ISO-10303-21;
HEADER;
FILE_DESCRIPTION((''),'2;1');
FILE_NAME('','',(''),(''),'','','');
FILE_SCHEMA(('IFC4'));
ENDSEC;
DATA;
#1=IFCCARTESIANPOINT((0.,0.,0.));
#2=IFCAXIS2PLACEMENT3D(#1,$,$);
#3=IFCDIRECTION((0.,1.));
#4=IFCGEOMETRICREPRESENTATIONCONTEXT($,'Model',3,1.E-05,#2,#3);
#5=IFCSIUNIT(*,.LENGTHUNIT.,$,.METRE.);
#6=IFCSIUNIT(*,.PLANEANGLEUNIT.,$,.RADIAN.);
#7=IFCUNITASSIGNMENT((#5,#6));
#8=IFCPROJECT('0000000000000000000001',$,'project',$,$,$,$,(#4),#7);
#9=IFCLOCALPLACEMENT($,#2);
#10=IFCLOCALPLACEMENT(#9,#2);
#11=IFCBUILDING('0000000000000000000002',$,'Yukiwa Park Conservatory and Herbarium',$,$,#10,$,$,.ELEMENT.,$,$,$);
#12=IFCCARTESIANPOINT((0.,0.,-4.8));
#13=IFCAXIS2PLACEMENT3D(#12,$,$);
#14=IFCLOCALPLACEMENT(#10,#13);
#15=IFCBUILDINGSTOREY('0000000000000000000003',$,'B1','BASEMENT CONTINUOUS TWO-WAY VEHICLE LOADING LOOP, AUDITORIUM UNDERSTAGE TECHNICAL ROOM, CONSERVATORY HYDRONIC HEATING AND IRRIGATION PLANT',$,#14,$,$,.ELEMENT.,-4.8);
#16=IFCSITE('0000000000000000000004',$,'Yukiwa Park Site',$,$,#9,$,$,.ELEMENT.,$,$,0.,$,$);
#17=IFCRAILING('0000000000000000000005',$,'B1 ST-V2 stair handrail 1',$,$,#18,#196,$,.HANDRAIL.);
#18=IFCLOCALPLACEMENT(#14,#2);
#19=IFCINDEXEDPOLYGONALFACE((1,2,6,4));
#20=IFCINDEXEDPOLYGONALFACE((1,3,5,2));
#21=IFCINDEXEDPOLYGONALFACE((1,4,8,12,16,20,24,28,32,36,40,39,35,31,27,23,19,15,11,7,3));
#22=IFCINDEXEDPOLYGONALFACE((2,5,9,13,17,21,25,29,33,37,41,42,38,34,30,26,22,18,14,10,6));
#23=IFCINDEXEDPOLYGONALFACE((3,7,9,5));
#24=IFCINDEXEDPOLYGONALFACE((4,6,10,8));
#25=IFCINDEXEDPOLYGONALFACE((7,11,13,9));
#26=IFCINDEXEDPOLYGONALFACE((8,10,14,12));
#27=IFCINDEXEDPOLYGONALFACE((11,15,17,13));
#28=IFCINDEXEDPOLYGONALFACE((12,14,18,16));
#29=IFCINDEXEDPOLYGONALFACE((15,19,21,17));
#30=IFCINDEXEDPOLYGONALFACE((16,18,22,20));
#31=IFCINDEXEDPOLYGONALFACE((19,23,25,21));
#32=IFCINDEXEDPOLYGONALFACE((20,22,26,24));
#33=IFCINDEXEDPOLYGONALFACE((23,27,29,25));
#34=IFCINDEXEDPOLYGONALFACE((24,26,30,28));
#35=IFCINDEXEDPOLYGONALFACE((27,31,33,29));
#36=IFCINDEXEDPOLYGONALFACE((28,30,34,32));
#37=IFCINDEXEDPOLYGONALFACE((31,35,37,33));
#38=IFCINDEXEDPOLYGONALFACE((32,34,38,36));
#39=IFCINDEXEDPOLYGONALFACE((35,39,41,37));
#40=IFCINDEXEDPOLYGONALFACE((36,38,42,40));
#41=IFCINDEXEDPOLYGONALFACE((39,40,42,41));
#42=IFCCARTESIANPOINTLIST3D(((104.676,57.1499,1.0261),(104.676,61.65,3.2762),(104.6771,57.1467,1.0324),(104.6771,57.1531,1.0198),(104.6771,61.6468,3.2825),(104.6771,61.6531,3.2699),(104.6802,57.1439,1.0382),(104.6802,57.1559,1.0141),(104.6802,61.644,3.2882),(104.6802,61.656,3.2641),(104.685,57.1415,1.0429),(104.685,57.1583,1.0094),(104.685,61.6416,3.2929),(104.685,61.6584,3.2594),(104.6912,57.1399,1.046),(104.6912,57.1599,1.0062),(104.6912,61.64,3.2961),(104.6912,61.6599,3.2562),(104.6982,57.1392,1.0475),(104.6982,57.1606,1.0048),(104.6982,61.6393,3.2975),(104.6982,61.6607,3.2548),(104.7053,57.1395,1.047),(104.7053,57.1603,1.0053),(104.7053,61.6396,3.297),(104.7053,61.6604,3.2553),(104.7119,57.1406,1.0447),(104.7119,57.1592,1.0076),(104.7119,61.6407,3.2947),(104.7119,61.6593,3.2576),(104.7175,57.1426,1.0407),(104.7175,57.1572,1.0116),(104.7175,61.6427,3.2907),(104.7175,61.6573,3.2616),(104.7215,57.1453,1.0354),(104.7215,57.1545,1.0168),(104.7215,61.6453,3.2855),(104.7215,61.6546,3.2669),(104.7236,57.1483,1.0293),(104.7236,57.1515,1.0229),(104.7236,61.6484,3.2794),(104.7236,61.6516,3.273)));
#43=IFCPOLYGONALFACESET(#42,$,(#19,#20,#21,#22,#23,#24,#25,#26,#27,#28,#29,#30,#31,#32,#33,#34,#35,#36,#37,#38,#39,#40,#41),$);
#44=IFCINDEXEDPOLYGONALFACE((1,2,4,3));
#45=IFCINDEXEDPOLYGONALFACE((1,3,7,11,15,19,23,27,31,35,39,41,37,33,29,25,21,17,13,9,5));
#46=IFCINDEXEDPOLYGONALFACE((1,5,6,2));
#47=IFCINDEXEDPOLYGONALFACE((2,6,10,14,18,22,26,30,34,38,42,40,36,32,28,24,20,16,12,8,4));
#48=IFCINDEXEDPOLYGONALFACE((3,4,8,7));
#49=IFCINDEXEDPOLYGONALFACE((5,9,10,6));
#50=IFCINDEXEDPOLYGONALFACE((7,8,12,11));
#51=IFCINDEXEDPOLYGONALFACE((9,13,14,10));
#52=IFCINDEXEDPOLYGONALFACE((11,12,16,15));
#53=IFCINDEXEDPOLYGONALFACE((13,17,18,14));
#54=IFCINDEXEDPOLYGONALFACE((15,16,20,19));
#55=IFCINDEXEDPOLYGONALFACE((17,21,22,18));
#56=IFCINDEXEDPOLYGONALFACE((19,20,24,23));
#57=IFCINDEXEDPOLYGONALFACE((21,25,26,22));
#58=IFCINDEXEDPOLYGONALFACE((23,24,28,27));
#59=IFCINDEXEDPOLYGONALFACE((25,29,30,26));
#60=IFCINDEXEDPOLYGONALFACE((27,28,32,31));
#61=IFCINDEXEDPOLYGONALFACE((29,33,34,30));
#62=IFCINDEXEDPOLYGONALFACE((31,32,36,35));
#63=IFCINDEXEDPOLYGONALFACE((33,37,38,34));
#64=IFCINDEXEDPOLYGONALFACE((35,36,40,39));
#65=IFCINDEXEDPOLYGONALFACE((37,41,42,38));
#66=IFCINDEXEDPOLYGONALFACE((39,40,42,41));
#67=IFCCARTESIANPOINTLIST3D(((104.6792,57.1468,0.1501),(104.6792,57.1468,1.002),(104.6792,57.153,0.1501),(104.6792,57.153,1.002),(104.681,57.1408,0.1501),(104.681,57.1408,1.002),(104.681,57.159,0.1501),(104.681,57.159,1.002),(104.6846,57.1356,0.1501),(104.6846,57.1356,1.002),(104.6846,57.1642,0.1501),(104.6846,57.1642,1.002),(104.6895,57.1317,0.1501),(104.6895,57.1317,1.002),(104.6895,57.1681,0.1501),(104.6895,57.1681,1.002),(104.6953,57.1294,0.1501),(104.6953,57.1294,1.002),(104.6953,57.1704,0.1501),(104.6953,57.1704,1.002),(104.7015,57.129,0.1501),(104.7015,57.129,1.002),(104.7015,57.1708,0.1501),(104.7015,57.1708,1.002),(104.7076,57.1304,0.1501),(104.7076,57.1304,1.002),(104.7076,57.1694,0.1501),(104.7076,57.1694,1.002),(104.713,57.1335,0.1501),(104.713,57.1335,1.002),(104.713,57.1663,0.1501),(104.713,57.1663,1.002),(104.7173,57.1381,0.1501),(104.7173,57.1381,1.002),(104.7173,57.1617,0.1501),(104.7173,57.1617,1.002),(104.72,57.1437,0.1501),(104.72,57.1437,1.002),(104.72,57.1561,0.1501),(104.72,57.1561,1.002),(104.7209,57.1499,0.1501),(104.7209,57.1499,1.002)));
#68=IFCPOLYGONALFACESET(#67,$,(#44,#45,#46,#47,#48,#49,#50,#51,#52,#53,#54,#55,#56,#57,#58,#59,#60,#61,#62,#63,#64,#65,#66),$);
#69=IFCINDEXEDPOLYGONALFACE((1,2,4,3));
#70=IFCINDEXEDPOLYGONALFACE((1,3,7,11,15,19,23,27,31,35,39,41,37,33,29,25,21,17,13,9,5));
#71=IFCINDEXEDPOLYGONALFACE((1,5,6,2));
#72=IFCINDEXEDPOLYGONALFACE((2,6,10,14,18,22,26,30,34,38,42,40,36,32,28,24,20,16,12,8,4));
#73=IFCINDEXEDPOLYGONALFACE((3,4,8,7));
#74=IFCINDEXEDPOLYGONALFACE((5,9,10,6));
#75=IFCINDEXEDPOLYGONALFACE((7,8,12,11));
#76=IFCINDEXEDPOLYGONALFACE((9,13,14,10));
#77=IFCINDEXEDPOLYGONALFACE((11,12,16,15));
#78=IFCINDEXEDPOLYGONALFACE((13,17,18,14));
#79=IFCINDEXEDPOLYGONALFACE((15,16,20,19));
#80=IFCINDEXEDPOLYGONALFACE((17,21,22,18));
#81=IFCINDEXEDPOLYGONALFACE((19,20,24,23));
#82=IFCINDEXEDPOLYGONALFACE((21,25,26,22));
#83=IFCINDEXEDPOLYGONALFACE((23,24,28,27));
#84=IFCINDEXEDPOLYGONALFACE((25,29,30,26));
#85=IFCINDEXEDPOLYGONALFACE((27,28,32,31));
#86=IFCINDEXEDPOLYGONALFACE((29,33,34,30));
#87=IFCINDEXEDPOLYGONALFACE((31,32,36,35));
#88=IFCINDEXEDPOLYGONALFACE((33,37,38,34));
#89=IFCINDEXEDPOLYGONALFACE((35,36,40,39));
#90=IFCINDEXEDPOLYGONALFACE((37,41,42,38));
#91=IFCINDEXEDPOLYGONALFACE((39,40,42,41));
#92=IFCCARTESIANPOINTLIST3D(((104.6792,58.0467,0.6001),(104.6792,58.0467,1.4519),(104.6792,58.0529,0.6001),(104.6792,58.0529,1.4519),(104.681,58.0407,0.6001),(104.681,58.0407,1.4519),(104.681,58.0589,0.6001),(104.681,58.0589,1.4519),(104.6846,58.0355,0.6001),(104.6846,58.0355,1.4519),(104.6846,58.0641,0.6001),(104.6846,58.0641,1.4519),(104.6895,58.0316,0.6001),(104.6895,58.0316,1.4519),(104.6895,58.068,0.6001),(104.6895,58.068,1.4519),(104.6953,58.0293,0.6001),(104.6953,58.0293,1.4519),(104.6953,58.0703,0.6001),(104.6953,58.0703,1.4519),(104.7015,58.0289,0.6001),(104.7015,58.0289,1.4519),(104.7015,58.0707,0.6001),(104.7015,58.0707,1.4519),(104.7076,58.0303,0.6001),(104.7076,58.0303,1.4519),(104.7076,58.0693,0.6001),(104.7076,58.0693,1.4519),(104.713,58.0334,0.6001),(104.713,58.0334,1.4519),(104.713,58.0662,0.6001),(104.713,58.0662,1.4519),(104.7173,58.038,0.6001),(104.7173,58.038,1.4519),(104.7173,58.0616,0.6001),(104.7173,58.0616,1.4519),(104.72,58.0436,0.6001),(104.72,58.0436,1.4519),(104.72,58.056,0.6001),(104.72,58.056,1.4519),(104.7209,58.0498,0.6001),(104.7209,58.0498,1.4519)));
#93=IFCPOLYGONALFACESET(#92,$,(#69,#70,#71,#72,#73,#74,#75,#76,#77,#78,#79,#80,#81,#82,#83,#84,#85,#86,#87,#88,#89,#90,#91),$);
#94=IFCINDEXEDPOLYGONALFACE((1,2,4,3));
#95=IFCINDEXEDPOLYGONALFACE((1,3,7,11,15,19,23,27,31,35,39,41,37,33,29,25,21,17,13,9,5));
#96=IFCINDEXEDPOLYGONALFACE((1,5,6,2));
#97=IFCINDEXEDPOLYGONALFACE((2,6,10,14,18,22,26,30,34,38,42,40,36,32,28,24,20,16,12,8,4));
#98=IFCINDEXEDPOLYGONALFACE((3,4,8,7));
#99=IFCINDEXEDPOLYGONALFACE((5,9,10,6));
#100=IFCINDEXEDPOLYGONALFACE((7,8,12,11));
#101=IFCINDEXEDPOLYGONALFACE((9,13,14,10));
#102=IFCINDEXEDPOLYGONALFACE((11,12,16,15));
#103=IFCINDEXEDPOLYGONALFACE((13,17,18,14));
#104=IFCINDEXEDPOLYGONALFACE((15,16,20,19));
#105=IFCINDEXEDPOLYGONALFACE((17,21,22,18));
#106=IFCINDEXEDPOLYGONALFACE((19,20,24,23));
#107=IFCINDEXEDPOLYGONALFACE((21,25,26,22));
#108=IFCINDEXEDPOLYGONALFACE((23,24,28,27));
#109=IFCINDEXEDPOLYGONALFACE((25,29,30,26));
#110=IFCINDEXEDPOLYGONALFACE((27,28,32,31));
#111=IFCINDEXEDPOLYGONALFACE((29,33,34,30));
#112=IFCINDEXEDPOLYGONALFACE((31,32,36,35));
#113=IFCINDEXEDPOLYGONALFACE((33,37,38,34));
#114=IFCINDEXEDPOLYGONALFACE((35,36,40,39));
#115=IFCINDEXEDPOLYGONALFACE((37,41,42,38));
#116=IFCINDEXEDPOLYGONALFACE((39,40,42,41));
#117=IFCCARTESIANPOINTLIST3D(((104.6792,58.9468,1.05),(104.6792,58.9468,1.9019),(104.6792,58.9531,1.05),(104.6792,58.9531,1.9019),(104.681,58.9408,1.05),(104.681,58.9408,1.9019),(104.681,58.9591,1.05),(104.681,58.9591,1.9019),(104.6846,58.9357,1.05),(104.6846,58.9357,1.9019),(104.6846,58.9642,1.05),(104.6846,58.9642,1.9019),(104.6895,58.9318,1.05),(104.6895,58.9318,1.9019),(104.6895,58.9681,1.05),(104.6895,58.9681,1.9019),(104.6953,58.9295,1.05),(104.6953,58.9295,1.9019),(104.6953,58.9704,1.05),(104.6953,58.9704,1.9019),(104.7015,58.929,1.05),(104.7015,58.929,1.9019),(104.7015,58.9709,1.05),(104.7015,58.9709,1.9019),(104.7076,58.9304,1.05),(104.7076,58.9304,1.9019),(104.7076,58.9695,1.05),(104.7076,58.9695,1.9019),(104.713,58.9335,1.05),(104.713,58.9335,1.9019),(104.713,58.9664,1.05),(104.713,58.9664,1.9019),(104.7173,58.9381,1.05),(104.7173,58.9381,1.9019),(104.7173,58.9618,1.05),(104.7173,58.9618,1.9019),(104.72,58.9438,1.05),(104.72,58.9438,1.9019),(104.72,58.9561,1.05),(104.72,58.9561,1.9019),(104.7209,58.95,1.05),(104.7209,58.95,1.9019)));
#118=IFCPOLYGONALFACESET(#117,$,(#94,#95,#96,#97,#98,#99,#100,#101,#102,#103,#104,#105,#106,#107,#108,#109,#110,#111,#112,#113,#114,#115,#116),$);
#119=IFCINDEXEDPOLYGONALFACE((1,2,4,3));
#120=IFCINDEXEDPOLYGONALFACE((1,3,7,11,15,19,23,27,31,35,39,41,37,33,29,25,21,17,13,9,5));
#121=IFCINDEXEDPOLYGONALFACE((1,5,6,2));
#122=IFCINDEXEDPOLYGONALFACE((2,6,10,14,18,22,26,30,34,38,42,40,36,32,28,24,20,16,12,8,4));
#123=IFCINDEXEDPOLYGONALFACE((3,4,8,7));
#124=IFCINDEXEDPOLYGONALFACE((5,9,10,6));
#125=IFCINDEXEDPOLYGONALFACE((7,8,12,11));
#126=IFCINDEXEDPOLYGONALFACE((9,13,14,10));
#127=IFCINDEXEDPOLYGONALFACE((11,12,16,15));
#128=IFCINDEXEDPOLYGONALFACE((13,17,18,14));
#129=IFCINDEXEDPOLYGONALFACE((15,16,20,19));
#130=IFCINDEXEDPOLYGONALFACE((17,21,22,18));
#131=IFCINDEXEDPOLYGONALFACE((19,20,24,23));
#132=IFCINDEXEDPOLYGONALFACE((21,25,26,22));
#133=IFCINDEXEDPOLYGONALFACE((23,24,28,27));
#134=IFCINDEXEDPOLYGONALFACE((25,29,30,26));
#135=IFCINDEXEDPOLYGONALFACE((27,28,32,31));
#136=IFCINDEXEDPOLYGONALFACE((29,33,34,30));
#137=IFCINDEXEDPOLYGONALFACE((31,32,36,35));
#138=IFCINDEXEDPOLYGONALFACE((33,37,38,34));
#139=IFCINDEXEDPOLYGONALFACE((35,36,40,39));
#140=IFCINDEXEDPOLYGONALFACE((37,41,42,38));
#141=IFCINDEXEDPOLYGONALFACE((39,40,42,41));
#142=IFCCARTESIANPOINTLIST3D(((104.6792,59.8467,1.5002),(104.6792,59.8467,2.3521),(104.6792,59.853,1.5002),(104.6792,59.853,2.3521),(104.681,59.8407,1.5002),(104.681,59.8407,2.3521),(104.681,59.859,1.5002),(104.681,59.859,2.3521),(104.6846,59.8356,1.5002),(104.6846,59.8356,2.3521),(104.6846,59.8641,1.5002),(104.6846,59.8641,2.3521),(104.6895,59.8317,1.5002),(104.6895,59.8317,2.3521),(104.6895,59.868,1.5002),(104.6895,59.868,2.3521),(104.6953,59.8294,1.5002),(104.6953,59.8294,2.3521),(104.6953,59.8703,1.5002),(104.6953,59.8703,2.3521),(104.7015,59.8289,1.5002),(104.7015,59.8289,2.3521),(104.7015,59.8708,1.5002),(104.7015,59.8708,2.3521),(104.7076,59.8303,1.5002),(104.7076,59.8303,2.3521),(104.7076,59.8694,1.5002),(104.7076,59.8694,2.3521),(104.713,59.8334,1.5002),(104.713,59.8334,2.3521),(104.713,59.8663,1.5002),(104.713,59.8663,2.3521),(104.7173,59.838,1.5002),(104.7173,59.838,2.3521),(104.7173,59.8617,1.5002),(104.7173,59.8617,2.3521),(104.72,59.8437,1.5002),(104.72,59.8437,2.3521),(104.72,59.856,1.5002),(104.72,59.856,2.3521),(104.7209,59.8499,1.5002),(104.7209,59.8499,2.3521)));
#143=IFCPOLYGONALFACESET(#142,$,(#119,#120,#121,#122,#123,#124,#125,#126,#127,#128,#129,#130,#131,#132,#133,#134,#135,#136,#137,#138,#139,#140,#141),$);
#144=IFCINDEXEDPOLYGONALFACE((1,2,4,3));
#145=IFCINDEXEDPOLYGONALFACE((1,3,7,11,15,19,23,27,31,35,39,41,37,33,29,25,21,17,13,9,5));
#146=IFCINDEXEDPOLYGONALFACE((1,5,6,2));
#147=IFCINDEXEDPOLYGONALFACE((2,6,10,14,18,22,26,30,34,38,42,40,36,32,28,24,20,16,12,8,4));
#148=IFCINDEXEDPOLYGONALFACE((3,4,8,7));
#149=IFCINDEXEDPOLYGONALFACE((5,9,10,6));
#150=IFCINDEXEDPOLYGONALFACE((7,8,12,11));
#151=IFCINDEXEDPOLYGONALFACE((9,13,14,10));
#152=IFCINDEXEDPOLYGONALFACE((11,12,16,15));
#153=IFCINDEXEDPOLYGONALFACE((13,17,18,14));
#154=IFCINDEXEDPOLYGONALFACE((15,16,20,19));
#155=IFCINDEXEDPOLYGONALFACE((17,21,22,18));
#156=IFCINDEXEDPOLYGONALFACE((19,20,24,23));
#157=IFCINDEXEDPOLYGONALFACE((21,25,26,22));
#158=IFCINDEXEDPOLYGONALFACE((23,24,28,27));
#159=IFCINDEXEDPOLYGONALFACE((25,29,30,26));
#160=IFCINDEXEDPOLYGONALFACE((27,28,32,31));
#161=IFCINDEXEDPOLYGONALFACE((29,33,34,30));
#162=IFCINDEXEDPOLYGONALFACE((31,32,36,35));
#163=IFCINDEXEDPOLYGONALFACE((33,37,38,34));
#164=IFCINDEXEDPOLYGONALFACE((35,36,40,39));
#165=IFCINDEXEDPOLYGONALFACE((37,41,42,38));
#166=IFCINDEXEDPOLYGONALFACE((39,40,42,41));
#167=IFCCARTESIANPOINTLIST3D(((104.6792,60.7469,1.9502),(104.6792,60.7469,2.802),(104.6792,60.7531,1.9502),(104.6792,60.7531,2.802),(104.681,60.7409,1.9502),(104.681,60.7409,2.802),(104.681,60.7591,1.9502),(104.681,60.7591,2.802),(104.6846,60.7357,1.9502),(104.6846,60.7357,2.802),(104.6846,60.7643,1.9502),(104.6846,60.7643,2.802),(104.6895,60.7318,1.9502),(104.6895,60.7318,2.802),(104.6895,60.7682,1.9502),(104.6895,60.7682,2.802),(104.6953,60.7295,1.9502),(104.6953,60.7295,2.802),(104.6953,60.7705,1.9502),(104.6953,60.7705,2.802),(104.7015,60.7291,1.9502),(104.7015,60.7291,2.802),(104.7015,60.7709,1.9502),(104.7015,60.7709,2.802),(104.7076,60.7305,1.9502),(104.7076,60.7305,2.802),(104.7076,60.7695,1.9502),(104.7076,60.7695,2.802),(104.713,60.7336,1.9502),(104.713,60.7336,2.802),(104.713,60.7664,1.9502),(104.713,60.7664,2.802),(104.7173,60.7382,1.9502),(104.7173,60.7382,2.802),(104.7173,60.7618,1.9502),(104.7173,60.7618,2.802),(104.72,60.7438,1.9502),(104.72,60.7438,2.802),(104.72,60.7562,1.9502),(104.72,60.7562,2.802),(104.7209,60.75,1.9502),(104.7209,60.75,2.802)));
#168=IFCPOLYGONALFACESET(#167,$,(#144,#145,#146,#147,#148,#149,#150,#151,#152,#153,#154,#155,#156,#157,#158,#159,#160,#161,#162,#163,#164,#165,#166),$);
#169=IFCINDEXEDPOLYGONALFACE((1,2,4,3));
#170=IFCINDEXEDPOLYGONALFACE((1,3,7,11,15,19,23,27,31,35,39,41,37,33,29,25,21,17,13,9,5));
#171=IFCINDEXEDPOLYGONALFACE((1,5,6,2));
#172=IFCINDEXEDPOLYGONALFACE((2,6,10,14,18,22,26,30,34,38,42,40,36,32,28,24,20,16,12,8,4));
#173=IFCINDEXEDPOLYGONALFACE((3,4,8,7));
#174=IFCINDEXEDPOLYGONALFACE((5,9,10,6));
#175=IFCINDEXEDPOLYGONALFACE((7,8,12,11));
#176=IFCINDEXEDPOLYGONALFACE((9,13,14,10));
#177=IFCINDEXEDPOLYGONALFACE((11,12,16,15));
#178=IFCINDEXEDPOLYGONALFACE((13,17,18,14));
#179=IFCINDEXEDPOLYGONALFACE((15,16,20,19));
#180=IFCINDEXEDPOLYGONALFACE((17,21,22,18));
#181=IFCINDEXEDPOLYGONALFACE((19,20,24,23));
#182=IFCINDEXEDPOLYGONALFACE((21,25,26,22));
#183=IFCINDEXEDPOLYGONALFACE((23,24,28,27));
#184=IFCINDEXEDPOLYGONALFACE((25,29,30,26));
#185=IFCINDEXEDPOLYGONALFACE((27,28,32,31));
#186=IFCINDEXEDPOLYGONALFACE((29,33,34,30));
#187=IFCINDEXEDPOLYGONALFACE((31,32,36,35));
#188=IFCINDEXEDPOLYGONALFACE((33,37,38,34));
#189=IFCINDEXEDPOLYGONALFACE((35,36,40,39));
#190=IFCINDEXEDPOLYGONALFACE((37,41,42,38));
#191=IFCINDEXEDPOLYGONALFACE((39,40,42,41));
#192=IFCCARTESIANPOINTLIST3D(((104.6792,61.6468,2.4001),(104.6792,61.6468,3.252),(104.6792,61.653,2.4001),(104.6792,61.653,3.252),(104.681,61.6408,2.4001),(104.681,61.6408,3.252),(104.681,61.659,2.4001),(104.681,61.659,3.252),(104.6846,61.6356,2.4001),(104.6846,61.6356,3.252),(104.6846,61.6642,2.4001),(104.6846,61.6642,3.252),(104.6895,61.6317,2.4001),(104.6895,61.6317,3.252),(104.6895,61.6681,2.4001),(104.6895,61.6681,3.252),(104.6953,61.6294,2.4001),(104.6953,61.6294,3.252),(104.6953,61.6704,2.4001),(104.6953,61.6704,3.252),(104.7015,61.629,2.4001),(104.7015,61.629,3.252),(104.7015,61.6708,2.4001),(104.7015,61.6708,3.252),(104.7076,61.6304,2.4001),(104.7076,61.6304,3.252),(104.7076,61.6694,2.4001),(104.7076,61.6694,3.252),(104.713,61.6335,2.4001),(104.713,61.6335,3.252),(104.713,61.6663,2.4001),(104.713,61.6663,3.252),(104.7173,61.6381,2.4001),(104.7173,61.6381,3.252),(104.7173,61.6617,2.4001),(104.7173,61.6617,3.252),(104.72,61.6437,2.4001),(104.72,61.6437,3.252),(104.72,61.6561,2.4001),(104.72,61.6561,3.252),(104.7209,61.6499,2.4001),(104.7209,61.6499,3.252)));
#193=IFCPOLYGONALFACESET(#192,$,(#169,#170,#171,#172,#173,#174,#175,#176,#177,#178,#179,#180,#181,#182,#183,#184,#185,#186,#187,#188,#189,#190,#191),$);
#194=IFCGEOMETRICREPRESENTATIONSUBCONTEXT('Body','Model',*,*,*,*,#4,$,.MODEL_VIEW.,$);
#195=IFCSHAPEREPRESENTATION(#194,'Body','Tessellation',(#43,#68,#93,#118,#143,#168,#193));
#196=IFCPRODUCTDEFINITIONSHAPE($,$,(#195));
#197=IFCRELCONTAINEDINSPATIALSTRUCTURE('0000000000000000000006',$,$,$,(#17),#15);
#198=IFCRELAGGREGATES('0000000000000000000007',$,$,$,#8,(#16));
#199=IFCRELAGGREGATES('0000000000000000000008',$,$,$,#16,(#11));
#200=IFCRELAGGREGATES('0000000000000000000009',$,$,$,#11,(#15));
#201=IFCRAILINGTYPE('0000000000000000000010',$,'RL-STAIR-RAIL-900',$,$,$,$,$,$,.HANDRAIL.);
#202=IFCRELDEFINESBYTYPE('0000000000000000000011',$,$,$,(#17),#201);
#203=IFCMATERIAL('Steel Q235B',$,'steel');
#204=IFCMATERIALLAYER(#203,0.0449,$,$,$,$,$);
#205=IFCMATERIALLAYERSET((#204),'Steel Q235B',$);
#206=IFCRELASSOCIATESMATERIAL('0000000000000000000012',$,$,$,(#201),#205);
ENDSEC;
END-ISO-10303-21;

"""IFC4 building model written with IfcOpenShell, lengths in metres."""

from ifc_helpers import new_model, si_unit, direction, frame, origin, origin_2d, place, context, subcontext, project, spatial, circle, extrude, material, layer, layer_set, type_object, element, save


model = new_model("IFC4")

# Units and contexts
model_context = context("Model", 3, precision=1e-05, world=origin(), true_north=direction((0.0, 1.0)))
body_context = subcontext(model_context, "Body", "Model", "MODEL_VIEW")
ifc_project = project(units=[si_unit("LENGTHUNIT", "METRE"), si_unit("PLANEANGLEUNIT", "RADIAN")], contexts=[model_context])

# Site, building, storey
site_placement = place(None, origin())
site = spatial("IfcSite", under=ifc_project, at=site_placement, Name="Yukiwa Park Site", CompositionType="ELEMENT", RefElevation=0.0)
building_placement = place(site_placement, origin())
building = spatial("IfcBuilding", under=site, at=building_placement, Name="Yukiwa Park Conservatory and Herbarium", CompositionType="ELEMENT")
storey_placement = place(building_placement, frame((0.0, 0.0, -4.8)))
storey = spatial("IfcBuildingStorey", under=building, at=storey_placement, Name="B1", Description="BASEMENT CONTINUOUS TWO-WAY VEHICLE LOADING LOOP, AUDITORIUM UNDERSTAGE TECHNICAL ROOM, CONSERVATORY HYDRONIC HEATING AND IRRIGATION PLANT", CompositionType="ELEMENT", Elevation=-4.8)

# Railing
ifc_material_1 = material(Name="Steel Q235B", Category="steel")
ifc_layer_1 = layer(ifc_material_1, 0.0449)
ifc_layer_set_1 = layer_set([ifc_layer_1], Name="Steel Q235B")
railing_type_1 = type_object("IfcRailingType", Name="RL-STAIR-RAIL-900", PredefinedType="HANDRAIL", material=ifc_layer_set_1)
railing_1_placement = place(storey_placement, frame((104.7, 57.1499, 0.1501)))
element("IfcRailing", 1, at=railing_1_placement, inside=storey, type_object=railing_type_1, Name="B1 ST-V2 stair handrail 1", PredefinedType="HANDRAIL", context=body_context, shape_type="SweptSolid", body=[
    extrude(circle(Radius=0.0239, at=origin_2d()), frame((0.0, 0.0, 0.876), z_axis=(0.0, 0.894427, 0.447214), x_axis=(-1.0, 0.0, 0.0)), (0.0, 0.0, 1.0), 5.0312),
    extrude(circle(Radius=0.021, at=origin_2d()), origin(), (0.0, 0.0, 1.0), 0.8518),
    extrude(circle(Radius=0.021, at=origin_2d()), frame((0.0, 0.8999, 0.45)), (0.0, 0.0, 1.0), 0.8518),
    extrude(circle(Radius=0.021, at=origin_2d()), frame((0.0, 1.8, 0.8999)), (0.0, 0.0, 1.0), 0.8518),
    extrude(circle(Radius=0.021, at=origin_2d()), frame((0.0, 2.7, 1.3501)), (0.0, 0.0, 1.0), 0.8518),
    extrude(circle(Radius=0.021, at=origin_2d()), frame((0.0, 3.6001, 1.8)), (0.0, 0.0, 1.0), 0.8518),
    extrude(circle(Radius=0.021, at=origin_2d()), frame((0.0, 4.5, 2.25)), (0.0, 0.0, 1.0), 0.8518),
])

save(model, "model.ifc")
